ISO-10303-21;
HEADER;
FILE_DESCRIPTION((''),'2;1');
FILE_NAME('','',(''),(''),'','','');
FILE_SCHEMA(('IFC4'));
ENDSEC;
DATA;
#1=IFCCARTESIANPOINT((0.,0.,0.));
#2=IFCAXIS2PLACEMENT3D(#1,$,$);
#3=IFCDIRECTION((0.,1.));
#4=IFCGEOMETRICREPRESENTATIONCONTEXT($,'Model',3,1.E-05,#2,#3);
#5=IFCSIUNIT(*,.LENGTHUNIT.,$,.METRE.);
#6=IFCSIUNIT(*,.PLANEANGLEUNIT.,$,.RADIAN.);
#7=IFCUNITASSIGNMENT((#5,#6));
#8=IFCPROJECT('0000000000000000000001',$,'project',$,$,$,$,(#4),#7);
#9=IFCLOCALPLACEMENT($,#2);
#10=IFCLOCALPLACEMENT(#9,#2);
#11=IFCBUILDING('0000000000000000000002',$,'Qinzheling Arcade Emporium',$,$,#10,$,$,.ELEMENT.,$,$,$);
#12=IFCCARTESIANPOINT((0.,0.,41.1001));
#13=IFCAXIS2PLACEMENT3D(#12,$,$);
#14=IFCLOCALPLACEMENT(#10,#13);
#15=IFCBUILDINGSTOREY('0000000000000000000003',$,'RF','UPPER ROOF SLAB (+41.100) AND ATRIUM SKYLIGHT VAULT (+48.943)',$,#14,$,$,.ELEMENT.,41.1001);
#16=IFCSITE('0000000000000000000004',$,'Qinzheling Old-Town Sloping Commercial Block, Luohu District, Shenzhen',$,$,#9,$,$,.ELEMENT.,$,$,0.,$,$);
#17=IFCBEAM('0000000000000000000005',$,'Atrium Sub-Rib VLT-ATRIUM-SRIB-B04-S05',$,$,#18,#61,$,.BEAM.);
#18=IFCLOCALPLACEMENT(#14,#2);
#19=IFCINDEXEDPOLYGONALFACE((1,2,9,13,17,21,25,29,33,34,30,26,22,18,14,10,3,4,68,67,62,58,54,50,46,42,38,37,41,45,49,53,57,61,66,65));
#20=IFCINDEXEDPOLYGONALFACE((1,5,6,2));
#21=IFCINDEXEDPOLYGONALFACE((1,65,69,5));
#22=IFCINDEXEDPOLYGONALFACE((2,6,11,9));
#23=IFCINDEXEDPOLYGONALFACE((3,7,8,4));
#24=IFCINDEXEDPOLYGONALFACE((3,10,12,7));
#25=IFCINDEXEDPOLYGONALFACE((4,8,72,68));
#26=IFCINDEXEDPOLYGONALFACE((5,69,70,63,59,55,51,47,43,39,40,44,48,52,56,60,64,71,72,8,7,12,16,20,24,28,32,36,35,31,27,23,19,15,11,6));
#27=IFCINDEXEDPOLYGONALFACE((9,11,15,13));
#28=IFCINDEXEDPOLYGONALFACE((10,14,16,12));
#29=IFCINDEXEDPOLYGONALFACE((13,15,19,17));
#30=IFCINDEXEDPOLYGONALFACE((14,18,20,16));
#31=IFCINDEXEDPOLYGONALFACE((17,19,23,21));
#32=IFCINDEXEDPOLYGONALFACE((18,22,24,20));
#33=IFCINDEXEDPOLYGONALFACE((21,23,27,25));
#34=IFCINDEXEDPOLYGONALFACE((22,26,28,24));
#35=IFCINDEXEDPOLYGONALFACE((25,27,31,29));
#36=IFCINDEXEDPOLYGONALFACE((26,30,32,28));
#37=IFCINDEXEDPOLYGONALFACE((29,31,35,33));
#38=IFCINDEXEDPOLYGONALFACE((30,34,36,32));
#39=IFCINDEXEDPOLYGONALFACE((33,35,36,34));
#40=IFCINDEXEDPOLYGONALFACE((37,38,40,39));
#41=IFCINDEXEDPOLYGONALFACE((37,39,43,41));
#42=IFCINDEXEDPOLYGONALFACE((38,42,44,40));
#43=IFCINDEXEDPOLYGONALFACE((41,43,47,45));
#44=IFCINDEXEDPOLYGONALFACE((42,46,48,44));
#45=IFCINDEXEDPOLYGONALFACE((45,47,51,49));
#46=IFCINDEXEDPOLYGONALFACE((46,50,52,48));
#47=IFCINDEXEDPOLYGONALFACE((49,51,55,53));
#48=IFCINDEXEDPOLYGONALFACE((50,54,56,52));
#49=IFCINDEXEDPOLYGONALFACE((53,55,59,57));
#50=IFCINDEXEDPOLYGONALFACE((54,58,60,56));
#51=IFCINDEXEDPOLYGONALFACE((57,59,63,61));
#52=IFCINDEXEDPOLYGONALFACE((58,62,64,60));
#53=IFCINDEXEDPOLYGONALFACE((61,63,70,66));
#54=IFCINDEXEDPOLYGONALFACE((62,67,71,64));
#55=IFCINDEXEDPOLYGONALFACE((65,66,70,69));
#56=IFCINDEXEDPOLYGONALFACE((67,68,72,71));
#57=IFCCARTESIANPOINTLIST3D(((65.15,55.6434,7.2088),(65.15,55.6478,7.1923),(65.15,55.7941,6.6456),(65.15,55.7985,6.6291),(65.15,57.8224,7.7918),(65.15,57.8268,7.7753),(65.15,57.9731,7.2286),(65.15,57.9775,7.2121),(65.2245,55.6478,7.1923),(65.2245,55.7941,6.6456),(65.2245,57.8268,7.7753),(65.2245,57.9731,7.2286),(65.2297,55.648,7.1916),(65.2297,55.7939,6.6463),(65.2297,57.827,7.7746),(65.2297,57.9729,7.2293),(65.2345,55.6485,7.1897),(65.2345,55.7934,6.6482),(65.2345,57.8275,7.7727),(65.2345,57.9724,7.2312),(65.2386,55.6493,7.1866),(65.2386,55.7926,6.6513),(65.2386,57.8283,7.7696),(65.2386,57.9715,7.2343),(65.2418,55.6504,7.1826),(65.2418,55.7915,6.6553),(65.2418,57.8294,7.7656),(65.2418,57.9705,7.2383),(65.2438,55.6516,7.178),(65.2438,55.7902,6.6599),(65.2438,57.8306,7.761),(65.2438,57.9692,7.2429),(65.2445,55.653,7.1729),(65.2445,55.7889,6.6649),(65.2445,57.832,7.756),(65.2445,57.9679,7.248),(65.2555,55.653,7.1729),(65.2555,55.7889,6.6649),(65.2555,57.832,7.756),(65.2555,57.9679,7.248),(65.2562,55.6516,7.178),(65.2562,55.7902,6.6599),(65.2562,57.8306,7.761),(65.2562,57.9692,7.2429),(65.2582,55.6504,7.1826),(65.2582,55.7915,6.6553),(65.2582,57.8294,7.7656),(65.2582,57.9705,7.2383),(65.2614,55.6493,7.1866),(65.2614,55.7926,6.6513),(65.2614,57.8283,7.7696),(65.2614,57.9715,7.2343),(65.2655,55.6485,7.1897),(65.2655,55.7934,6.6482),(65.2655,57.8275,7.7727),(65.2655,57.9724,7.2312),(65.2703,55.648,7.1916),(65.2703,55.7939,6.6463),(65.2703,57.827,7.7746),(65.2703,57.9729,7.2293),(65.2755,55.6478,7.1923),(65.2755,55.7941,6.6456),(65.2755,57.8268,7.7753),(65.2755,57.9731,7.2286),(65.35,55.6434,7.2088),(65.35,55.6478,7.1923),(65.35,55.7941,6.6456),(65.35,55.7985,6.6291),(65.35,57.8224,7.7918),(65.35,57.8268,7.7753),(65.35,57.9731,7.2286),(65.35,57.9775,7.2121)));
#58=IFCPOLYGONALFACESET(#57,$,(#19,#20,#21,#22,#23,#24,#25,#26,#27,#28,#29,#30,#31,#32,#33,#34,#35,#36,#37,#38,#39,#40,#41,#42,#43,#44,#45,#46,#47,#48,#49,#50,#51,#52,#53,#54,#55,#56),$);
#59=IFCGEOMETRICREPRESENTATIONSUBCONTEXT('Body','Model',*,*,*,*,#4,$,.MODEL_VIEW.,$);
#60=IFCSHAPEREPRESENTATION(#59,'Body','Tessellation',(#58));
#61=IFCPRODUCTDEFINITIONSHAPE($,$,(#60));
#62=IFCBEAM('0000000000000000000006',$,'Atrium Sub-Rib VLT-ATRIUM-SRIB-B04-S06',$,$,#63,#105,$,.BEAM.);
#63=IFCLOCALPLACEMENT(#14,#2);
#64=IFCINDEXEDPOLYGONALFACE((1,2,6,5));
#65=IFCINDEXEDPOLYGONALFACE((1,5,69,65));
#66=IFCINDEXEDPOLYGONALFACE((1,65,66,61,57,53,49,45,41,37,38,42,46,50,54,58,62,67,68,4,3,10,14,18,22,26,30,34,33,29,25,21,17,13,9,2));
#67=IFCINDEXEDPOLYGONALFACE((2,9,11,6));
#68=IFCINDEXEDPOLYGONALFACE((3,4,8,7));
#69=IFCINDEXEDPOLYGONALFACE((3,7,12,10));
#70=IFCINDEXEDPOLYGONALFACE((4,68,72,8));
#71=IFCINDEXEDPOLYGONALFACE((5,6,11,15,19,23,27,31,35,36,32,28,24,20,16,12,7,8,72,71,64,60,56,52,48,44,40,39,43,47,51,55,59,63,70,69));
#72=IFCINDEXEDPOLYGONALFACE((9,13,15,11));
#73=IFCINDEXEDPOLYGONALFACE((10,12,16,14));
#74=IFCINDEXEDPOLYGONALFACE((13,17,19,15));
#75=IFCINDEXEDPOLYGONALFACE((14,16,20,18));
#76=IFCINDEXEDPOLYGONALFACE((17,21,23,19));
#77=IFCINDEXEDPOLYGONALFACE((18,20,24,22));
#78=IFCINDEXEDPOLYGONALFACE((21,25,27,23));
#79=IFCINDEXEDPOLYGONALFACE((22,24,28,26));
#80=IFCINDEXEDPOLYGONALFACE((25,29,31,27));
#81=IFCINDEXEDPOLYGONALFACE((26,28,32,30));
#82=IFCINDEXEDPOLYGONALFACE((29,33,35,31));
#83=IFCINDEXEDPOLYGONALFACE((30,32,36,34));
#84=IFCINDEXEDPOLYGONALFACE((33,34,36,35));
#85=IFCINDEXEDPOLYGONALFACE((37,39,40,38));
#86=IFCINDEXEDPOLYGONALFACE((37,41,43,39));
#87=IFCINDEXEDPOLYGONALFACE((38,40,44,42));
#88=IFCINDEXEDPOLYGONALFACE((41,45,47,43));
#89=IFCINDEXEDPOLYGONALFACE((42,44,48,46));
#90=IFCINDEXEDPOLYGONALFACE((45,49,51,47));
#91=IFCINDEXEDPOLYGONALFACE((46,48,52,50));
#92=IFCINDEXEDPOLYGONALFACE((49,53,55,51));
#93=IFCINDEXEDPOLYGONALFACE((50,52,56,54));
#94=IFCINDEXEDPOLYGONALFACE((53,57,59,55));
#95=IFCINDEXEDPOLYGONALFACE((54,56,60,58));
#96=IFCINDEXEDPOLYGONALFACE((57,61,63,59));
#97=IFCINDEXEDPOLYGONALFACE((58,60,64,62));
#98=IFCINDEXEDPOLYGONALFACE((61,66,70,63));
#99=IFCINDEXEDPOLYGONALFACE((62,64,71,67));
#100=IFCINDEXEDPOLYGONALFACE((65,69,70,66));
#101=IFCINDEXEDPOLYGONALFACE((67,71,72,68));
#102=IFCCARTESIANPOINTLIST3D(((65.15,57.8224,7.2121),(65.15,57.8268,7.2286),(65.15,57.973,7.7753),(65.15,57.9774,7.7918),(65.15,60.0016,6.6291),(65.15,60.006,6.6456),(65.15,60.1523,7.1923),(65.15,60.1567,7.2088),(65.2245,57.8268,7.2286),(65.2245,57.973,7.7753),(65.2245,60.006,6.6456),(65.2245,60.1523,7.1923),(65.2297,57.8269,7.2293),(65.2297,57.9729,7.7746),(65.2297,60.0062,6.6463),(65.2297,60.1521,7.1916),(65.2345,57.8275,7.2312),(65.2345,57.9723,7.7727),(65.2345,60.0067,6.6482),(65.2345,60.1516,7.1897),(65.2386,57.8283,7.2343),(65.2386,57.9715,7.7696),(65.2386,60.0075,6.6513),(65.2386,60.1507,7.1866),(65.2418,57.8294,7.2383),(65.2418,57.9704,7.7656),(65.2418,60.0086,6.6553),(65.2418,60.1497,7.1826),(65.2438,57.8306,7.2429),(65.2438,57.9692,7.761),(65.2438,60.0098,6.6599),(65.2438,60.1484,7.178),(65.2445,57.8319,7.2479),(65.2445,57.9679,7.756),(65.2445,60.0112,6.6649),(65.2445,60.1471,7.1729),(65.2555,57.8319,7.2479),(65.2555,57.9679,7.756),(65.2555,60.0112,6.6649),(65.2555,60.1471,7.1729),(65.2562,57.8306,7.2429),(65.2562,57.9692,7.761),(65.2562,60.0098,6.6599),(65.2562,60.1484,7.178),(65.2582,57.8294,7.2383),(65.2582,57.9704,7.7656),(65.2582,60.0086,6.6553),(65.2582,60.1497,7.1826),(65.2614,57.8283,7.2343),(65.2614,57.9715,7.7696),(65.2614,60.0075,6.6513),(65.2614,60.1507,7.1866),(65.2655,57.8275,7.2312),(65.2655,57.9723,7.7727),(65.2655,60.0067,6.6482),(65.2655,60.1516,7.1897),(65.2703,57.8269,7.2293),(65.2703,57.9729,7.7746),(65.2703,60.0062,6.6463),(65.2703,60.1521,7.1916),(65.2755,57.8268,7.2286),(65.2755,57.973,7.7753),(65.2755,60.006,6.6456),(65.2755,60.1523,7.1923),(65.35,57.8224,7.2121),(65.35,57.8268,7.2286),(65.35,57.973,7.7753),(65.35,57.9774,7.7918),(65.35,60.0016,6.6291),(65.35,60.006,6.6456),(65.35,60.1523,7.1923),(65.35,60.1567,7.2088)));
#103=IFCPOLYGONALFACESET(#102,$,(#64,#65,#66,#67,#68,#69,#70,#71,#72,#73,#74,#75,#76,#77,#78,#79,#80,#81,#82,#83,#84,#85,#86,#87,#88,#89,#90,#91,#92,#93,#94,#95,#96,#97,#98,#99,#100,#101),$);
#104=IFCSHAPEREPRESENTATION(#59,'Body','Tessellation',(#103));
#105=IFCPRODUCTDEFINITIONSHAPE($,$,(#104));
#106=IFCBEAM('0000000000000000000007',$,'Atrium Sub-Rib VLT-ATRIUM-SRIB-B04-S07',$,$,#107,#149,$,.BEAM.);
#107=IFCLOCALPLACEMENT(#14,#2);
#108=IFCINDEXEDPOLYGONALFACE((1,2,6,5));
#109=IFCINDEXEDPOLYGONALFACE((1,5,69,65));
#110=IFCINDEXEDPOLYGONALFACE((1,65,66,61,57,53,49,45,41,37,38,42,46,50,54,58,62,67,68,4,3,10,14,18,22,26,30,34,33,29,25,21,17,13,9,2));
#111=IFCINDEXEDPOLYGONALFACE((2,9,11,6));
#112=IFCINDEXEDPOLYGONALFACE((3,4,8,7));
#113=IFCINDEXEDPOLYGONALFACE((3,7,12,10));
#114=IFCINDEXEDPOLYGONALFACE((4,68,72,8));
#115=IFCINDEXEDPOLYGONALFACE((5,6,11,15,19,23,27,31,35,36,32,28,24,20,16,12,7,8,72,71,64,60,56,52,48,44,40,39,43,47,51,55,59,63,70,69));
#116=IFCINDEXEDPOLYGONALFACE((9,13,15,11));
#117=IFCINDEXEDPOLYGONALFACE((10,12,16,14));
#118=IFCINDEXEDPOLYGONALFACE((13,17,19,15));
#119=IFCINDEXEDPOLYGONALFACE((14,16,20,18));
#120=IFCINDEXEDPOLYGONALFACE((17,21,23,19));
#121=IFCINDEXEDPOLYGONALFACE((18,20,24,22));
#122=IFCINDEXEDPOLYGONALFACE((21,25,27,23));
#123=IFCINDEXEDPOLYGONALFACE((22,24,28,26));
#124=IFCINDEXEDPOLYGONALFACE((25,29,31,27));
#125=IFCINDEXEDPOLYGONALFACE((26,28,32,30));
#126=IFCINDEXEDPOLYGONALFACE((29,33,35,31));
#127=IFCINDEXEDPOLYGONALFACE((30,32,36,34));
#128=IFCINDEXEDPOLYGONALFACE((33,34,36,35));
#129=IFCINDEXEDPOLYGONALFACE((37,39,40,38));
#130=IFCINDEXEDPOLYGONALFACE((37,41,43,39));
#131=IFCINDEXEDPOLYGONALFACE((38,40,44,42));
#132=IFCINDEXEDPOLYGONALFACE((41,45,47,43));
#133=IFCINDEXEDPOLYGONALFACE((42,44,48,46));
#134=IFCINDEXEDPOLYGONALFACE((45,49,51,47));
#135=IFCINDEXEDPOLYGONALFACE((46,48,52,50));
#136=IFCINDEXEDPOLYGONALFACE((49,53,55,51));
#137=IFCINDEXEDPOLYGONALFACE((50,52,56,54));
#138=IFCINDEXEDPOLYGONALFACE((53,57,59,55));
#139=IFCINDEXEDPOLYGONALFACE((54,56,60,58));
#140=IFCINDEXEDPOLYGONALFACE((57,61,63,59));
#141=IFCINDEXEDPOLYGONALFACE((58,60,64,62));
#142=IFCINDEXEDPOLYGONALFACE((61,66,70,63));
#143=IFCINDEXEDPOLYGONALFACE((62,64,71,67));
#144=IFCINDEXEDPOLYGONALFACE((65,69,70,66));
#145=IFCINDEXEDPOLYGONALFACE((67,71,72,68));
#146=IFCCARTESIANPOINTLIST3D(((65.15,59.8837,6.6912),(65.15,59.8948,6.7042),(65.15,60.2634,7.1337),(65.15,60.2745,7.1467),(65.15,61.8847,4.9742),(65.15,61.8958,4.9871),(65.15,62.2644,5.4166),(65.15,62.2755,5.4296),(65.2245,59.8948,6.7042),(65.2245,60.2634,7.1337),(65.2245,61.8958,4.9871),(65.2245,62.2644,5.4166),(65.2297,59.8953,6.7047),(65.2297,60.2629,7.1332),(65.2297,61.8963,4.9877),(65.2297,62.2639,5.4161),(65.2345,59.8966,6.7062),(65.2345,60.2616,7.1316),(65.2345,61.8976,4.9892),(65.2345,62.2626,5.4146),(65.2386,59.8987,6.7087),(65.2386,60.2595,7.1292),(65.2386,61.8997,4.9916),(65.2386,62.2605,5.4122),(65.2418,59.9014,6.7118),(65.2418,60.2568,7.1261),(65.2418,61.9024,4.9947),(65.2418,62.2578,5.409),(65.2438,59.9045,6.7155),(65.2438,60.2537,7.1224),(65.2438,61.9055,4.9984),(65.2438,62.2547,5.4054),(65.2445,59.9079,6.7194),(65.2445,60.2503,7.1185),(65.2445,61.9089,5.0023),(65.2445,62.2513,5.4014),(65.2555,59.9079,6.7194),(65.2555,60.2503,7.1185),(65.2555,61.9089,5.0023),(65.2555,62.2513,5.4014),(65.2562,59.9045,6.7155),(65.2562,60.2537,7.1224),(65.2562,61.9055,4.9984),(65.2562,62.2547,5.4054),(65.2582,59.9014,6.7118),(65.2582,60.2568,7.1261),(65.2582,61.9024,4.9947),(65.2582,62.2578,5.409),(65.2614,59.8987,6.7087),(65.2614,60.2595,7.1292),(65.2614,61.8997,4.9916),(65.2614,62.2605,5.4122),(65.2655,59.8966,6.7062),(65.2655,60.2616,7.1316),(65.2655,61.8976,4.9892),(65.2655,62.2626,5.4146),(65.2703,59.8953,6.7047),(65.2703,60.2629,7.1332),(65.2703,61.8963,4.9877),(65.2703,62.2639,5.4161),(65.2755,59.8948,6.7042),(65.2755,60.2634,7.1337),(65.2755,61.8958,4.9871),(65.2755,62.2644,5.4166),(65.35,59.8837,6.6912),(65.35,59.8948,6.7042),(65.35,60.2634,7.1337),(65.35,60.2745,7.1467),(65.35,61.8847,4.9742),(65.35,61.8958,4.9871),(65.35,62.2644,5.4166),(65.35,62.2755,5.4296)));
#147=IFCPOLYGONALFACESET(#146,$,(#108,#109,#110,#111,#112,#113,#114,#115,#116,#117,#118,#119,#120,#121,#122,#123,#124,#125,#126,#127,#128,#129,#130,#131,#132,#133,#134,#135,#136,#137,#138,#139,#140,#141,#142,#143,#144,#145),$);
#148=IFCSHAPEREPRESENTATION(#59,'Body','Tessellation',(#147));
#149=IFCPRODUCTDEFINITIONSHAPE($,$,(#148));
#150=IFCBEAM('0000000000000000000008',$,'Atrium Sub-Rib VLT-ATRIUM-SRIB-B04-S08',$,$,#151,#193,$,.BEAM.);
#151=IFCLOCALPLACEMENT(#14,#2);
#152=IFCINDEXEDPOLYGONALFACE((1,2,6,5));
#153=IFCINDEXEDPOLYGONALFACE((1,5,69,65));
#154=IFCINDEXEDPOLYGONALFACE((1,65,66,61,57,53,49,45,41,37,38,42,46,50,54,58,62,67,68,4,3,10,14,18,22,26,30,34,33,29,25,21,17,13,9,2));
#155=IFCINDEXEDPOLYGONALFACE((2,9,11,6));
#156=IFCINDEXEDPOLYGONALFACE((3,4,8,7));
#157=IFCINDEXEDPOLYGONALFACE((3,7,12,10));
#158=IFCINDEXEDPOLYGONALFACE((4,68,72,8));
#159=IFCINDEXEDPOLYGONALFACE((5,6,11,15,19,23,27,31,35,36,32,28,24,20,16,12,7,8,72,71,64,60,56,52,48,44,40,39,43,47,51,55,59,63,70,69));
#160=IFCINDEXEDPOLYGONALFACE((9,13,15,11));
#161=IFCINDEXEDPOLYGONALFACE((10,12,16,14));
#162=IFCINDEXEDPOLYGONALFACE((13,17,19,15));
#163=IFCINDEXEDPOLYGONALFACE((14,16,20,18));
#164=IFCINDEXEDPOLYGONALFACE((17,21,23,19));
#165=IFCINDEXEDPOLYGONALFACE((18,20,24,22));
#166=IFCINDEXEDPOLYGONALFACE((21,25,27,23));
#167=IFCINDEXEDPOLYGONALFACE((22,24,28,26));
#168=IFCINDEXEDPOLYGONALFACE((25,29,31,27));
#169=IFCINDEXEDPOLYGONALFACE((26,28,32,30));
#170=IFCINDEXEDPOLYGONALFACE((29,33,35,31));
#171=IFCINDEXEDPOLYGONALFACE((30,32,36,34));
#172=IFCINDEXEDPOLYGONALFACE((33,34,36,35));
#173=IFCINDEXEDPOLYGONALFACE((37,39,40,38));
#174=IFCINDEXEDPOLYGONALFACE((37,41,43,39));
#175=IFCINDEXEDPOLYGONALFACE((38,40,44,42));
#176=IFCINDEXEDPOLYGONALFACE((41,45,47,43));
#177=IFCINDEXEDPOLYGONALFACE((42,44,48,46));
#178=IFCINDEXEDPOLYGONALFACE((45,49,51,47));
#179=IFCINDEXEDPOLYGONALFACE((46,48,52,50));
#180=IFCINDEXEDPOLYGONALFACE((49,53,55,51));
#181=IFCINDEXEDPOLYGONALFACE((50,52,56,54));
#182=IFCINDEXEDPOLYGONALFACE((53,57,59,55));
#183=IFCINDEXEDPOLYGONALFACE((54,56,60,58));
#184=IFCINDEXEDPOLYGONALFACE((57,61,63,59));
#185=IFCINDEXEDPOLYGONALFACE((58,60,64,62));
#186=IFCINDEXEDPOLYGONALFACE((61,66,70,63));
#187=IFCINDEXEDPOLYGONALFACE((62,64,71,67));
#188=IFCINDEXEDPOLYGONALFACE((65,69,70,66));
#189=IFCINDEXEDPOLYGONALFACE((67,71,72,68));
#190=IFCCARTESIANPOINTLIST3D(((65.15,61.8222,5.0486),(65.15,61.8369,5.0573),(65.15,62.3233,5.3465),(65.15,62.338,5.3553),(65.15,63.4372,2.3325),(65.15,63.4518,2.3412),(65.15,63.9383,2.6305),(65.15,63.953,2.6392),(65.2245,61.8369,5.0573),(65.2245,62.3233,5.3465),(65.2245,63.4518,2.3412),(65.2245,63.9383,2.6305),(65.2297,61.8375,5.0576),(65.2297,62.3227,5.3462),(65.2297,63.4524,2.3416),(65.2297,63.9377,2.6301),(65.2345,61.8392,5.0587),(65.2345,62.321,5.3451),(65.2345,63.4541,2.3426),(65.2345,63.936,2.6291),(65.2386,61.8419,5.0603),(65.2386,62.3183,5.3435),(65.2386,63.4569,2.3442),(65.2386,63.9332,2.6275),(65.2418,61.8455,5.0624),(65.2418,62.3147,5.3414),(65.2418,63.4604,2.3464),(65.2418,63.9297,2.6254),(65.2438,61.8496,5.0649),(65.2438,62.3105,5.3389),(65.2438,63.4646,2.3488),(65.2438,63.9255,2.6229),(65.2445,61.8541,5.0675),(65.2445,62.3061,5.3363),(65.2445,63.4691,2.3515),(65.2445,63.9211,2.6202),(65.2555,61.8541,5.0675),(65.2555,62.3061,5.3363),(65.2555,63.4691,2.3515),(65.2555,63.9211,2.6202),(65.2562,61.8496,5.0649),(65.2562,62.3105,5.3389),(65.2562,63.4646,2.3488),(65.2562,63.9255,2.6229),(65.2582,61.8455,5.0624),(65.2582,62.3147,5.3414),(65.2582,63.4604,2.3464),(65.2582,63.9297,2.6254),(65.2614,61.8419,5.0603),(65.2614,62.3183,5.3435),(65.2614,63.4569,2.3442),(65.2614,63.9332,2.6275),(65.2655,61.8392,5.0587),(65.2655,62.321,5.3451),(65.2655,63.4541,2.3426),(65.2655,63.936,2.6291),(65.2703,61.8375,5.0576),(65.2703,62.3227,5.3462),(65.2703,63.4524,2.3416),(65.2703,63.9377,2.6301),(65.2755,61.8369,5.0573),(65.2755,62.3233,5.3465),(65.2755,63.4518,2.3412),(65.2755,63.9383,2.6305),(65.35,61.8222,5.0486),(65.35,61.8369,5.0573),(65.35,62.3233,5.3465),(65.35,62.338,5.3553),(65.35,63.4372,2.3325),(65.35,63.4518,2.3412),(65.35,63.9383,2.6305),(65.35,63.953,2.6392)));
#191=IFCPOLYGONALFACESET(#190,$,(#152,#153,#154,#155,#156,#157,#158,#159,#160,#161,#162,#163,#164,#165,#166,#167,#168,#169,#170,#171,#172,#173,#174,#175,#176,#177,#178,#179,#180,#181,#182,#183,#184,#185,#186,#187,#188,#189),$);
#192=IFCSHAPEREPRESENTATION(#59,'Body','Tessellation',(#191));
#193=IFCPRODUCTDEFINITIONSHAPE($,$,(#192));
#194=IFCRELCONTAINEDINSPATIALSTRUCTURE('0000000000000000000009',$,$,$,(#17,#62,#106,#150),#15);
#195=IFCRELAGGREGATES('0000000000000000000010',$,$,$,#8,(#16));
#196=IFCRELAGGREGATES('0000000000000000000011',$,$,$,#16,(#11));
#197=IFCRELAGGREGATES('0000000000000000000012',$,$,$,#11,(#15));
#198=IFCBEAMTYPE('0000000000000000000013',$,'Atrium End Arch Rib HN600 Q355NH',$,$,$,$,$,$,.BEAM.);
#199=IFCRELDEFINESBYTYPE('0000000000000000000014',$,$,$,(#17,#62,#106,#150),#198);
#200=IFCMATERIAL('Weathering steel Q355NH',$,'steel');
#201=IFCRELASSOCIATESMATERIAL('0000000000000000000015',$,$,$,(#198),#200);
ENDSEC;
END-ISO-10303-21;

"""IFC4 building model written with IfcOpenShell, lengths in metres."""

from ifc_helpers import new_model, si_unit, direction, frame, origin, origin_2d, place, context, subcontext, project, spatial, i_section, extrude, material, material_profile, profile_set, type_object, element, save


model = new_model("IFC4")

# Units and contexts
model_context = context("Model", 3, precision=1e-05, world=origin(), true_north=direction((0.0, 1.0)))
body_context = subcontext(model_context, "Body", "Model", "MODEL_VIEW")
ifc_project = project(units=[si_unit("LENGTHUNIT", "METRE"), si_unit("PLANEANGLEUNIT", "RADIAN")], contexts=[model_context])

# Site, building, storey
site_placement = place(None, origin())
site = spatial("IfcSite", under=ifc_project, at=site_placement, Name="Qinzheling Old-Town Sloping Commercial Block, Luohu District, Shenzhen", CompositionType="ELEMENT", RefElevation=0.0)
building_placement = place(site_placement, origin())
building = spatial("IfcBuilding", under=site, at=building_placement, Name="Qinzheling Arcade Emporium", CompositionType="ELEMENT")
storey_placement = place(building_placement, frame((0.0, 0.0, 41.1001)))
storey = spatial("IfcBuildingStorey", under=building, at=storey_placement, Name="RF", Description="UPPER ROOF SLAB (+41.100) AND ATRIUM SKYLIGHT VAULT (+48.943)", CompositionType="ELEMENT", Elevation=41.1001)

# Beams
ifc_material_1 = material(Name="Weathering steel Q355NH", Category="steel")
ifc_material_profile_1 = material_profile(ifc_material_1, i_section(OverallWidth=0.2, OverallDepth=0.6001, WebThickness=0.011, FlangeThickness=0.0171, FilletRadius=0.02, at=origin_2d()), Name="HN 600x200x11x17", Category="steel")
ifc_profile_set_1 = profile_set([ifc_material_profile_1], Name="Weathering steel Q355NH")
beam_type_1 = type_object("IfcBeamType", Name="Atrium End Arch Rib HN600 Q355NH", PredefinedType="BEAM", material=ifc_profile_set_1)
beam_1_placement = place(storey_placement, frame((65.25, 55.7209, 6.9189), z_axis=(0.0, 0.966019, 0.258471), x_axis=(-1.0, 0.0, 0.0)))
element("IfcBeam", 1, at=beam_1_placement, inside=storey, type_object=beam_type_1, Name="Atrium Sub-Rib VLT-ATRIUM-SRIB-B04-S05", PredefinedType="BEAM", context=body_context, shape_type="SweptSolid", body=[
    extrude(i_section(OverallWidth=0.2, OverallDepth=0.6001, WebThickness=0.011, FlangeThickness=0.0171, FilletRadius=0.02, at=origin_2d()), origin(), (0.0, 0.0, 1.0), 2.2556),
])
beam_2_placement = place(storey_placement, frame((65.25, 57.8999, 7.502), z_axis=(0.0, 0.966026, -0.258444), x_axis=(-1.0, 0.0, 0.0)))
element("IfcBeam", 2, at=beam_2_placement, inside=storey, type_object=beam_type_1, Name="Atrium Sub-Rib VLT-ATRIUM-SRIB-B04-S06", PredefinedType="BEAM", context=body_context, shape_type="SweptSolid", body=[
    extrude(i_section(OverallWidth=0.2, OverallDepth=0.6001, WebThickness=0.011, FlangeThickness=0.0171, FilletRadius=0.02, at=origin_2d()), origin(), (0.0, 0.0, 1.0), 2.2559),
])
beam_3_placement = place(storey_placement, frame((65.25, 60.0791, 6.9189), z_axis=(0.0, 0.758897, -0.651211), x_axis=(-1.0, 0.0, 0.0)))
element("IfcBeam", 3, at=beam_3_placement, inside=storey, type_object=beam_type_1, Name="Atrium Sub-Rib VLT-ATRIUM-SRIB-B04-S07", PredefinedType="BEAM", context=body_context, shape_type="SweptSolid", body=[
    extrude(i_section(OverallWidth=0.2, OverallDepth=0.6001, WebThickness=0.011, FlangeThickness=0.0171, FilletRadius=0.02, at=origin_2d()), origin(), (0.0, 0.0, 1.0), 2.6367),
])
beam_4_placement = place(storey_placement, frame((65.25, 62.0801, 5.2019), z_axis=(0.0, 0.511083, -0.859531), x_axis=(-1.0, 0.0, 0.0)))
element("IfcBeam", 4, at=beam_4_placement, inside=storey, type_object=beam_type_1, Name="Atrium Sub-Rib VLT-ATRIUM-SRIB-B04-S08", PredefinedType="BEAM", context=body_context, shape_type="SweptSolid", body=[
    extrude(i_section(OverallWidth=0.2, OverallDepth=0.6001, WebThickness=0.011, FlangeThickness=0.0171, FilletRadius=0.02, at=origin_2d()), origin(), (0.0, 0.0, 1.0), 3.1599),
])

save(model, "model.ifc")
